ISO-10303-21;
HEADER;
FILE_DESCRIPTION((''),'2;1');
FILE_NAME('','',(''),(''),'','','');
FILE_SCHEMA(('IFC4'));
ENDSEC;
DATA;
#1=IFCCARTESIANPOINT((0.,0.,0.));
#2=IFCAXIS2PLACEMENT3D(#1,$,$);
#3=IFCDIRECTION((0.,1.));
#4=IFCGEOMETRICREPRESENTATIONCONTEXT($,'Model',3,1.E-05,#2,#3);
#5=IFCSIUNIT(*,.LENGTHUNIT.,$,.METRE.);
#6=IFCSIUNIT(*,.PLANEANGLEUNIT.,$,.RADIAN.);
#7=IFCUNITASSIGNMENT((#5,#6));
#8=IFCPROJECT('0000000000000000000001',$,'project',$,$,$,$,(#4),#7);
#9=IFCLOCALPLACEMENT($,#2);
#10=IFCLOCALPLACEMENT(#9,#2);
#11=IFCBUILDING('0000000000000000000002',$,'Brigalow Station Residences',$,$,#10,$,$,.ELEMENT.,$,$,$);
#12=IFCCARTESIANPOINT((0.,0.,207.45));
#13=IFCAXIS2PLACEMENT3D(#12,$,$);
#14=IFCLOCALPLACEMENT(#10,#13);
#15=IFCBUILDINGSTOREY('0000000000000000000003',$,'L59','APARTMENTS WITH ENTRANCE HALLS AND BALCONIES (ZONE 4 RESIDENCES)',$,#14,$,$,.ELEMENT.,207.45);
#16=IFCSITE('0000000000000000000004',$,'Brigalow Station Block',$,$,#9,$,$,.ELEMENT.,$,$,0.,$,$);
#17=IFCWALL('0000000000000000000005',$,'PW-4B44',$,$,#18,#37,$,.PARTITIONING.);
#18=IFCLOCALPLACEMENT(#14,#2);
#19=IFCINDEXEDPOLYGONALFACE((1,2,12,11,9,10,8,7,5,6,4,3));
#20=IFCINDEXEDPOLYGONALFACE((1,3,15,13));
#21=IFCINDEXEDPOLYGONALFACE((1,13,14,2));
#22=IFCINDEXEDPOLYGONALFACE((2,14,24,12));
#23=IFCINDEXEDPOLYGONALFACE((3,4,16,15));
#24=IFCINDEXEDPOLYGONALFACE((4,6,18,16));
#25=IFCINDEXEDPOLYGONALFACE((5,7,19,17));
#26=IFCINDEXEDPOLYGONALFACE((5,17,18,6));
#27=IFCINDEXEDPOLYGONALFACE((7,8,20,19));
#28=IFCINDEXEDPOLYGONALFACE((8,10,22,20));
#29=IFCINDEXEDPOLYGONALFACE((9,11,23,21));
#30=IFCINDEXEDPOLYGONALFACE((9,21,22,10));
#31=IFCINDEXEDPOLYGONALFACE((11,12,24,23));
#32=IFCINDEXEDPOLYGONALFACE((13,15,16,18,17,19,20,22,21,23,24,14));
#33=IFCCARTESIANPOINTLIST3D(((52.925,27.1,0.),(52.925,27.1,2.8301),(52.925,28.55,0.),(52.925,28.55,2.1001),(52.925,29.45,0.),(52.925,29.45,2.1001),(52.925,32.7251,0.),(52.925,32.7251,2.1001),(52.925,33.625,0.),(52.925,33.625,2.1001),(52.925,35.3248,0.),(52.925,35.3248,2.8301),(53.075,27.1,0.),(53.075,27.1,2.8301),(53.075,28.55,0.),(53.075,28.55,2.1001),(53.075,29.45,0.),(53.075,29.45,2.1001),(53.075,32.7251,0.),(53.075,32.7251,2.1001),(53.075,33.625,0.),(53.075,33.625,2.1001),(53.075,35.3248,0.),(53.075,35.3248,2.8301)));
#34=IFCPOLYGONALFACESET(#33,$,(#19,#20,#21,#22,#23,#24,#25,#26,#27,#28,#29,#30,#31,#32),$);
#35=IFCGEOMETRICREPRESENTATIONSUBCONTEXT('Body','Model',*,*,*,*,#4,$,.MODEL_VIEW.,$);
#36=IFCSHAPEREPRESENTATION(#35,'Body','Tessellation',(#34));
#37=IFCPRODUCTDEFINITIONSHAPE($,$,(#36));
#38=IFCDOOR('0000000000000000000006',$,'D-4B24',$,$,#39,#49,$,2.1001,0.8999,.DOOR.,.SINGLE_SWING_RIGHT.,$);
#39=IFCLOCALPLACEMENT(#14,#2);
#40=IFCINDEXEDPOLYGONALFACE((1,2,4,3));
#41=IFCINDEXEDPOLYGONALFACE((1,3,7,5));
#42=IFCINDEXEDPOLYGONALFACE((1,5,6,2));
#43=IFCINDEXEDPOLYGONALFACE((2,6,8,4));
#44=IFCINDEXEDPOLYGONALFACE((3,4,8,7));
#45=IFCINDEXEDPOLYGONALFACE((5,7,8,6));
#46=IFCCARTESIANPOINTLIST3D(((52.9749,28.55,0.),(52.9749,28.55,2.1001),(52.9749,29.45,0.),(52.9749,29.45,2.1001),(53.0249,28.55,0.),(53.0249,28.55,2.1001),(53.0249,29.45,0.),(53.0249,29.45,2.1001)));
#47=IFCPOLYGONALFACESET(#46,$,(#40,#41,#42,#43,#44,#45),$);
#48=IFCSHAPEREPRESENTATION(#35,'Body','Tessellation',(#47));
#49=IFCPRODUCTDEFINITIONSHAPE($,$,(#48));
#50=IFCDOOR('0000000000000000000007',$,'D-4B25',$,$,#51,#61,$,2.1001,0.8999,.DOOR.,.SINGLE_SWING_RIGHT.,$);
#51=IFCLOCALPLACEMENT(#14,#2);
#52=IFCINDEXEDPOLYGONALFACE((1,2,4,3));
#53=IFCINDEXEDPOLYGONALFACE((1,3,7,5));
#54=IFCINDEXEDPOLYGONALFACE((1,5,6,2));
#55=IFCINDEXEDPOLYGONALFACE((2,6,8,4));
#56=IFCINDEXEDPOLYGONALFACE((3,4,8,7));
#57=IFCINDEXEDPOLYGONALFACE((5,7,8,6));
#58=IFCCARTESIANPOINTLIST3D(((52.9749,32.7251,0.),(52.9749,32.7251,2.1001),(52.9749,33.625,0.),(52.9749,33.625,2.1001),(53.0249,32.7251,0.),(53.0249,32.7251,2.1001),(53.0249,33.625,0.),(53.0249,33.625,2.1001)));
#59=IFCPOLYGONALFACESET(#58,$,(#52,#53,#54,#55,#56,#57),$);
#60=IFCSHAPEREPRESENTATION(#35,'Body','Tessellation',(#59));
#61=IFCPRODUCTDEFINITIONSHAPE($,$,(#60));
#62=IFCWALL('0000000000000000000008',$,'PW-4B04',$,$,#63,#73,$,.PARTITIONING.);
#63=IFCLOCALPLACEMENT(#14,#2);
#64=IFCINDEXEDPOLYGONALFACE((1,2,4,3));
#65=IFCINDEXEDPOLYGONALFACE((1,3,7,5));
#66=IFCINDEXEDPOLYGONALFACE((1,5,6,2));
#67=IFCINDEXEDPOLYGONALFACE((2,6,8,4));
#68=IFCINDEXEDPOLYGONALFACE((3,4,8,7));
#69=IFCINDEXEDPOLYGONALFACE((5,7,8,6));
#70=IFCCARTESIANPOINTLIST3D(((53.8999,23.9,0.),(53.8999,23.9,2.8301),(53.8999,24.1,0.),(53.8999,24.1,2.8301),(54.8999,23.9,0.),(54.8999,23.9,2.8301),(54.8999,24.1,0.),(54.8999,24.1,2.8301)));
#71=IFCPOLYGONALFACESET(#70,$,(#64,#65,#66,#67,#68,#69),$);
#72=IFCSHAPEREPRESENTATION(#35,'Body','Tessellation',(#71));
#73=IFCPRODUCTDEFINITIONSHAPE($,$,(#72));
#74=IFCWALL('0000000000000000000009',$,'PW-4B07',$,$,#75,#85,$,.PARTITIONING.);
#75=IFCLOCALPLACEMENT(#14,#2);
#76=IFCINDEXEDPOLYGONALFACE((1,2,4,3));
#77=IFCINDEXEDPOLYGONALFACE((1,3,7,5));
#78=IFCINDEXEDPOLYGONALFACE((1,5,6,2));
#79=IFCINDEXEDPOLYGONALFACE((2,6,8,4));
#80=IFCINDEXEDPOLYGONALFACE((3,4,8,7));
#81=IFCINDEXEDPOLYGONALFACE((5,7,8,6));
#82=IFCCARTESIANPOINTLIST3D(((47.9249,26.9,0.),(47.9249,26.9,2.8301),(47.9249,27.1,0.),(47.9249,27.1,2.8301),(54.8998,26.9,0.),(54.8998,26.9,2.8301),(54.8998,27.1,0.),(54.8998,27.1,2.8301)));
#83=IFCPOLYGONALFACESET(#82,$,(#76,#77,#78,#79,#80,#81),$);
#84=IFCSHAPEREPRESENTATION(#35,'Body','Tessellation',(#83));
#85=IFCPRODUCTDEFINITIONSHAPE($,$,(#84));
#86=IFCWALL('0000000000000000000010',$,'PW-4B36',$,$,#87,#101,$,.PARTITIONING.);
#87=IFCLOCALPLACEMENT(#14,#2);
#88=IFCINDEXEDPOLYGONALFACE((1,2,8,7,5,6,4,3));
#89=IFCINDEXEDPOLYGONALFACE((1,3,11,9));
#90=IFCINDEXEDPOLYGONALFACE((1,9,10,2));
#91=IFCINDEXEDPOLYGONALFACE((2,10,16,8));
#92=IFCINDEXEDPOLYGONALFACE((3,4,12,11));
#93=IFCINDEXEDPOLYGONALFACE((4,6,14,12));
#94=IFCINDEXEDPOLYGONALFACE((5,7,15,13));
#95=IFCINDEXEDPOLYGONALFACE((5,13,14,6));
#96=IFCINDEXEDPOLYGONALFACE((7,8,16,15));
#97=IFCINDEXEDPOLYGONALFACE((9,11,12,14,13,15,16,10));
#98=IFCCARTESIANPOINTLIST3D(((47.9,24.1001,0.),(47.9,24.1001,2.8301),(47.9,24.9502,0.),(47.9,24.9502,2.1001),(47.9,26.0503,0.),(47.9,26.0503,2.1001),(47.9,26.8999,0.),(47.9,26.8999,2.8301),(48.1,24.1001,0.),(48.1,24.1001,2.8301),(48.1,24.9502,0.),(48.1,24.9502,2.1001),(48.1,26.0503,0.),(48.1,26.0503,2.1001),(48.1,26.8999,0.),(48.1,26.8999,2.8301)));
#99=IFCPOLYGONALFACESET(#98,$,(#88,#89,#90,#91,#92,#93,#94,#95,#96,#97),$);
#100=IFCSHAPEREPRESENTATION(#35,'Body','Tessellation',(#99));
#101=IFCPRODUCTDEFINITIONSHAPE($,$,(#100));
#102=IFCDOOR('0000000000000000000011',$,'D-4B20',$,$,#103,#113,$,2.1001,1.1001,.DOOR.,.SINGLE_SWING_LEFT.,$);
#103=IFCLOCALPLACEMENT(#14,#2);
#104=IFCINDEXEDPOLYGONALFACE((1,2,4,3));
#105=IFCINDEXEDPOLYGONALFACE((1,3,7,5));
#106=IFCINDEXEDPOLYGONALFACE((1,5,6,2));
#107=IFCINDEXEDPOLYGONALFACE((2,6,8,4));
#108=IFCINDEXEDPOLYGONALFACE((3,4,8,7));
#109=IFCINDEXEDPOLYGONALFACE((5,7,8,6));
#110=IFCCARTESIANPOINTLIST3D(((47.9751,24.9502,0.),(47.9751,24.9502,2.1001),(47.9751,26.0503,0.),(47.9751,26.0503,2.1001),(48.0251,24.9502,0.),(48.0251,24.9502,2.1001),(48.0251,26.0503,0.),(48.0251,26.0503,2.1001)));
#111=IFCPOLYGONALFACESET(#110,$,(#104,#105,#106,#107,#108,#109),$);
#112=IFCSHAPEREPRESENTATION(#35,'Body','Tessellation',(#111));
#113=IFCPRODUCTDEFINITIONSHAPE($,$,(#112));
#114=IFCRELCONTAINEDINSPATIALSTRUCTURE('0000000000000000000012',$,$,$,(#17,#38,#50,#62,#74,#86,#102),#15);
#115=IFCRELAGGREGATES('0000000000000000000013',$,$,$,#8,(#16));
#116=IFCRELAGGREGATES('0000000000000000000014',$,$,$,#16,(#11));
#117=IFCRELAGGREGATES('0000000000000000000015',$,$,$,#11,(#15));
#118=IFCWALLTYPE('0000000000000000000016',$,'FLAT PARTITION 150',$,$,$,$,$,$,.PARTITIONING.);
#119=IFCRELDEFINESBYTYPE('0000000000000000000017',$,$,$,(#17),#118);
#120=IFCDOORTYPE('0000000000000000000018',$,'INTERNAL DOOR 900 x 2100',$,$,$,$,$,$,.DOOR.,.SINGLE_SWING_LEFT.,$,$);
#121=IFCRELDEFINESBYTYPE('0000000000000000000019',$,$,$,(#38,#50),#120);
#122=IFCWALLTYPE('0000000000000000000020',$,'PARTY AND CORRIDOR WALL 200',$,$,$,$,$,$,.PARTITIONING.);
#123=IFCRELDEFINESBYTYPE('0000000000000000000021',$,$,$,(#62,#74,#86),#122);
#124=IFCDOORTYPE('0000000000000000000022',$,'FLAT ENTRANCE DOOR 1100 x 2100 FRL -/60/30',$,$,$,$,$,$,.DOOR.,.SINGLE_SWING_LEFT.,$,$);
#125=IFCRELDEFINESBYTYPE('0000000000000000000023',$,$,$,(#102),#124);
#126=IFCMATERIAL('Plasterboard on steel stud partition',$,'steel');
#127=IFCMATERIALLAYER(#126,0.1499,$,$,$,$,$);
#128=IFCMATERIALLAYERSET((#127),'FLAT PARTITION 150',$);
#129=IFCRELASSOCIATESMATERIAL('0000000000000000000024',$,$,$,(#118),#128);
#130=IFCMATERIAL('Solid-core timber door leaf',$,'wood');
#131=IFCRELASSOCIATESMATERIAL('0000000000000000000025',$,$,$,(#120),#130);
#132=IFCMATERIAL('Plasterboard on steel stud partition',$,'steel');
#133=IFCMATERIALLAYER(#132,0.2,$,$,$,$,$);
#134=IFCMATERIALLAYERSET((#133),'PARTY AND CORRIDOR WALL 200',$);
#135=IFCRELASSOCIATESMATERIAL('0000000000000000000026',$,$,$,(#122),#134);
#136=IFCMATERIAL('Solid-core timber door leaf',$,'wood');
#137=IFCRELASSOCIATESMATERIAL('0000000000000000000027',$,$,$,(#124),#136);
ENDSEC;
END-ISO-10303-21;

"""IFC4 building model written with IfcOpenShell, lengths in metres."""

from ifc_helpers import new_model, si_unit, direction, frame, frame_2d, origin, place, context, subcontext, project, spatial, rectangle, extrude, material, layer, layer_set, type_object, element, fill, save


model = new_model("IFC4")

# Units and contexts
model_context = context("Model", 3, precision=1e-05, world=origin(), true_north=direction((0.0, 1.0)))
body_context = subcontext(model_context, "Body", "Model", "MODEL_VIEW")
ifc_project = project(units=[si_unit("LENGTHUNIT", "METRE"), si_unit("PLANEANGLEUNIT", "RADIAN")], contexts=[model_context])

# Site, building, storey
site_placement = place(None, origin())
site = spatial("IfcSite", under=ifc_project, at=site_placement, Name="Brigalow Station Block", CompositionType="ELEMENT", RefElevation=0.0)
building_placement = place(site_placement, origin())
building = spatial("IfcBuilding", under=site, at=building_placement, Name="Brigalow Station Residences", CompositionType="ELEMENT")
storey_placement = place(building_placement, frame((0.0, 0.0, 207.45)))
storey = spatial("IfcBuildingStorey", under=building, at=storey_placement, Name="L59", Description="APARTMENTS WITH ENTRANCE HALLS AND BALCONIES (ZONE 4 RESIDENCES)", CompositionType="ELEMENT", Elevation=207.45)

# Shared definitions
ifc_material_1 = material(Name="Plasterboard on steel stud partition", Category="steel")
ifc_layer_1 = layer(ifc_material_1, 0.1499)
ifc_layer_set_1 = layer_set([ifc_layer_1], Name="FLAT PARTITION 150")
wall_type_1 = type_object("IfcWallType", Name="FLAT PARTITION 150", PredefinedType="PARTITIONING", material=ifc_layer_set_1)

# Shared definitions
ifc_material_2 = material(Name="Solid-core timber door leaf", Category="wood")
door_type_1 = type_object("IfcDoorType", Name="INTERNAL DOOR 900 x 2100", OperationType="SINGLE_SWING_LEFT", PredefinedType="DOOR", material=ifc_material_2)

# Wall, openings, doors
wall_1_placement = place(storey_placement, frame((53.0, 27.1001, 0.0), z_axis=(0.0, 0.0, 1.0), x_axis=(0.0, 1.0, 0.0)))
wall_1 = element("IfcWall", 1, at=wall_1_placement, inside=storey, type_object=wall_type_1, Name="PW-4B44", PredefinedType="PARTITIONING", context=body_context, shape_type="SweptSolid", body=[
    extrude(rectangle(XDim=8.2249, YDim=0.1499, at=frame_2d((4.1123, 0.0))), origin(), (0.0, 0.0, 1.0), 2.8301),
])
opening_1_placement = place(wall_1_placement, frame((1.45, 0.0, 0.0)))
opening_1 = element("IfcOpeningElement", 2, at=opening_1_placement, cuts=wall_1, PredefinedType="OPENING", context=body_context, shape_type="SweptSolid", body=[
    extrude(rectangle(XDim=0.8999, YDim=2.1001, at=frame_2d((0.45, 1.05))), frame((0.0, 0.085, 0.0), z_axis=(0.0, -1.0, 0.0), x_axis=(1.0, 0.0, 0.0)), (0.0, 0.0, 1.0), 0.1699),
])
opening_2_placement = place(wall_1_placement, frame((5.625, 0.0, 0.0)))
opening_2 = element("IfcOpeningElement", 3, at=opening_2_placement, cuts=wall_1, PredefinedType="OPENING", context=body_context, shape_type="SweptSolid", body=[
    extrude(rectangle(XDim=0.8999, YDim=2.1001, at=frame_2d((0.45, 1.05))), frame((0.0, 0.085, 0.0), z_axis=(0.0, -1.0, 0.0), x_axis=(1.0, 0.0, 0.0)), (0.0, 0.0, 1.0), 0.1699),
])
door_1_placement = place(opening_1_placement, frame((0.8999, 0.0, 0.0), z_axis=(0.0, 0.0, 1.0), x_axis=(-1.0, 0.0, 0.0)))
door_1 = element("IfcDoor", 4, at=door_1_placement, inside=storey, type_object=door_type_1, Name="D-4B24", OperationType="SINGLE_SWING_RIGHT", OverallHeight=2.1001, OverallWidth=0.8999, PredefinedType="DOOR", context=body_context, shape_type="SweptSolid", body=[
    extrude(rectangle(XDim=0.8999, YDim=2.1001, at=frame_2d((0.45, 1.05))), frame((0.0, 0.0249, 0.0), z_axis=(0.0, -1.0, 0.0), x_axis=(1.0, 0.0, 0.0)), (0.0, 0.0, 1.0), 0.05),
])
fill(opening_1, door_1)
door_2_placement = place(opening_2_placement, frame((0.8999, 0.0, 0.0), z_axis=(0.0, 0.0, 1.0), x_axis=(-1.0, 0.0, 0.0)))
door_2 = element("IfcDoor", 5, at=door_2_placement, inside=storey, type_object=door_type_1, Name="D-4B25", OperationType="SINGLE_SWING_RIGHT", OverallHeight=2.1001, OverallWidth=0.8999, PredefinedType="DOOR", context=body_context, shape_type="SweptSolid", body=[
    extrude(rectangle(XDim=0.8999, YDim=2.1001, at=frame_2d((0.45, 1.05))), frame((0.0, 0.0249, 0.0), z_axis=(0.0, -1.0, 0.0), x_axis=(1.0, 0.0, 0.0)), (0.0, 0.0, 1.0), 0.05),
])
fill(opening_2, door_2)

# Walls
ifc_material_3 = material(Name="Plasterboard on steel stud partition", Category="steel")
ifc_layer_2 = layer(ifc_material_3, 0.2)
ifc_layer_set_2 = layer_set([ifc_layer_2], Name="PARTY AND CORRIDOR WALL 200")
wall_type_2 = type_object("IfcWallType", Name="PARTY AND CORRIDOR WALL 200", PredefinedType="PARTITIONING", material=ifc_layer_set_2)
wall_2_placement = place(storey_placement, frame((53.8999, 24.0, 0.0), z_axis=(0.0, 0.0, 1.0), x_axis=(1.0, 0.0, 0.0)))
element("IfcWall", 6, at=wall_2_placement, inside=storey, type_object=wall_type_2, Name="PW-4B04", PredefinedType="PARTITIONING", context=body_context, shape_type="SweptSolid", body=[
    extrude(rectangle(XDim=1.0, YDim=0.2, at=frame_2d((0.5, 0.0))), origin(), (0.0, 0.0, 1.0), 2.8301),
])
wall_3_placement = place(storey_placement, frame((47.925, 27.0, 0.0), z_axis=(0.0, 0.0, 1.0), x_axis=(1.0, 0.0, 0.0)))
element("IfcWall", 7, at=wall_3_placement, inside=storey, type_object=wall_type_2, Name="PW-4B07", PredefinedType="PARTITIONING", context=body_context, shape_type="SweptSolid", body=[
    extrude(rectangle(XDim=6.9749, YDim=0.2, at=frame_2d((3.4873, 0.0))), origin(), (0.0, 0.0, 1.0), 2.8301),
])

# Wall, opening, door
wall_4_placement = place(storey_placement, frame((48.0, 24.1001, 0.0), z_axis=(0.0, 0.0, 1.0), x_axis=(0.0, 1.0, 0.0)))
wall_4 = element("IfcWall", 8, at=wall_4_placement, inside=storey, type_object=wall_type_2, Name="PW-4B36", PredefinedType="PARTITIONING", context=body_context, shape_type="SweptSolid", body=[
    extrude(rectangle(XDim=2.7998, YDim=0.2, at=frame_2d((1.3999, 0.0))), origin(), (0.0, 0.0, 1.0), 2.8301),
])
opening_3_placement = place(wall_4_placement, frame((0.8501, 0.0, 0.0)))
opening_3 = element("IfcOpeningElement", 9, at=opening_3_placement, cuts=wall_4, PredefinedType="OPENING", context=body_context, shape_type="SweptSolid", body=[
    extrude(rectangle(XDim=1.1001, YDim=2.1001, at=frame_2d((0.55, 1.05))), frame((0.0, 0.1099, 0.0), z_axis=(0.0, -1.0, 0.0), x_axis=(1.0, 0.0, 0.0)), (0.0, 0.0, 1.0), 0.22),
])
ifc_material_4 = material(Name="Solid-core timber door leaf", Category="wood")
door_type_2 = type_object("IfcDoorType", Name="FLAT ENTRANCE DOOR 1100 x 2100 FRL -/60/30", OperationType="SINGLE_SWING_LEFT", PredefinedType="DOOR", material=ifc_material_4)
door_3_placement = place(opening_3_placement, origin())
door_3 = element("IfcDoor", 10, at=door_3_placement, inside=storey, type_object=door_type_2, Name="D-4B20", OperationType="SINGLE_SWING_LEFT", OverallHeight=2.1001, OverallWidth=1.1001, PredefinedType="DOOR", context=body_context, shape_type="SweptSolid", body=[
    extrude(rectangle(XDim=1.1001, YDim=2.1001, at=frame_2d((0.55, 1.05))), frame((0.0, 0.0249, 0.0), z_axis=(0.0, -1.0, 0.0), x_axis=(1.0, 0.0, 0.0)), (0.0, 0.0, 1.0), 0.05),
])
fill(opening_3, door_3)

save(model, "model.ifc")
